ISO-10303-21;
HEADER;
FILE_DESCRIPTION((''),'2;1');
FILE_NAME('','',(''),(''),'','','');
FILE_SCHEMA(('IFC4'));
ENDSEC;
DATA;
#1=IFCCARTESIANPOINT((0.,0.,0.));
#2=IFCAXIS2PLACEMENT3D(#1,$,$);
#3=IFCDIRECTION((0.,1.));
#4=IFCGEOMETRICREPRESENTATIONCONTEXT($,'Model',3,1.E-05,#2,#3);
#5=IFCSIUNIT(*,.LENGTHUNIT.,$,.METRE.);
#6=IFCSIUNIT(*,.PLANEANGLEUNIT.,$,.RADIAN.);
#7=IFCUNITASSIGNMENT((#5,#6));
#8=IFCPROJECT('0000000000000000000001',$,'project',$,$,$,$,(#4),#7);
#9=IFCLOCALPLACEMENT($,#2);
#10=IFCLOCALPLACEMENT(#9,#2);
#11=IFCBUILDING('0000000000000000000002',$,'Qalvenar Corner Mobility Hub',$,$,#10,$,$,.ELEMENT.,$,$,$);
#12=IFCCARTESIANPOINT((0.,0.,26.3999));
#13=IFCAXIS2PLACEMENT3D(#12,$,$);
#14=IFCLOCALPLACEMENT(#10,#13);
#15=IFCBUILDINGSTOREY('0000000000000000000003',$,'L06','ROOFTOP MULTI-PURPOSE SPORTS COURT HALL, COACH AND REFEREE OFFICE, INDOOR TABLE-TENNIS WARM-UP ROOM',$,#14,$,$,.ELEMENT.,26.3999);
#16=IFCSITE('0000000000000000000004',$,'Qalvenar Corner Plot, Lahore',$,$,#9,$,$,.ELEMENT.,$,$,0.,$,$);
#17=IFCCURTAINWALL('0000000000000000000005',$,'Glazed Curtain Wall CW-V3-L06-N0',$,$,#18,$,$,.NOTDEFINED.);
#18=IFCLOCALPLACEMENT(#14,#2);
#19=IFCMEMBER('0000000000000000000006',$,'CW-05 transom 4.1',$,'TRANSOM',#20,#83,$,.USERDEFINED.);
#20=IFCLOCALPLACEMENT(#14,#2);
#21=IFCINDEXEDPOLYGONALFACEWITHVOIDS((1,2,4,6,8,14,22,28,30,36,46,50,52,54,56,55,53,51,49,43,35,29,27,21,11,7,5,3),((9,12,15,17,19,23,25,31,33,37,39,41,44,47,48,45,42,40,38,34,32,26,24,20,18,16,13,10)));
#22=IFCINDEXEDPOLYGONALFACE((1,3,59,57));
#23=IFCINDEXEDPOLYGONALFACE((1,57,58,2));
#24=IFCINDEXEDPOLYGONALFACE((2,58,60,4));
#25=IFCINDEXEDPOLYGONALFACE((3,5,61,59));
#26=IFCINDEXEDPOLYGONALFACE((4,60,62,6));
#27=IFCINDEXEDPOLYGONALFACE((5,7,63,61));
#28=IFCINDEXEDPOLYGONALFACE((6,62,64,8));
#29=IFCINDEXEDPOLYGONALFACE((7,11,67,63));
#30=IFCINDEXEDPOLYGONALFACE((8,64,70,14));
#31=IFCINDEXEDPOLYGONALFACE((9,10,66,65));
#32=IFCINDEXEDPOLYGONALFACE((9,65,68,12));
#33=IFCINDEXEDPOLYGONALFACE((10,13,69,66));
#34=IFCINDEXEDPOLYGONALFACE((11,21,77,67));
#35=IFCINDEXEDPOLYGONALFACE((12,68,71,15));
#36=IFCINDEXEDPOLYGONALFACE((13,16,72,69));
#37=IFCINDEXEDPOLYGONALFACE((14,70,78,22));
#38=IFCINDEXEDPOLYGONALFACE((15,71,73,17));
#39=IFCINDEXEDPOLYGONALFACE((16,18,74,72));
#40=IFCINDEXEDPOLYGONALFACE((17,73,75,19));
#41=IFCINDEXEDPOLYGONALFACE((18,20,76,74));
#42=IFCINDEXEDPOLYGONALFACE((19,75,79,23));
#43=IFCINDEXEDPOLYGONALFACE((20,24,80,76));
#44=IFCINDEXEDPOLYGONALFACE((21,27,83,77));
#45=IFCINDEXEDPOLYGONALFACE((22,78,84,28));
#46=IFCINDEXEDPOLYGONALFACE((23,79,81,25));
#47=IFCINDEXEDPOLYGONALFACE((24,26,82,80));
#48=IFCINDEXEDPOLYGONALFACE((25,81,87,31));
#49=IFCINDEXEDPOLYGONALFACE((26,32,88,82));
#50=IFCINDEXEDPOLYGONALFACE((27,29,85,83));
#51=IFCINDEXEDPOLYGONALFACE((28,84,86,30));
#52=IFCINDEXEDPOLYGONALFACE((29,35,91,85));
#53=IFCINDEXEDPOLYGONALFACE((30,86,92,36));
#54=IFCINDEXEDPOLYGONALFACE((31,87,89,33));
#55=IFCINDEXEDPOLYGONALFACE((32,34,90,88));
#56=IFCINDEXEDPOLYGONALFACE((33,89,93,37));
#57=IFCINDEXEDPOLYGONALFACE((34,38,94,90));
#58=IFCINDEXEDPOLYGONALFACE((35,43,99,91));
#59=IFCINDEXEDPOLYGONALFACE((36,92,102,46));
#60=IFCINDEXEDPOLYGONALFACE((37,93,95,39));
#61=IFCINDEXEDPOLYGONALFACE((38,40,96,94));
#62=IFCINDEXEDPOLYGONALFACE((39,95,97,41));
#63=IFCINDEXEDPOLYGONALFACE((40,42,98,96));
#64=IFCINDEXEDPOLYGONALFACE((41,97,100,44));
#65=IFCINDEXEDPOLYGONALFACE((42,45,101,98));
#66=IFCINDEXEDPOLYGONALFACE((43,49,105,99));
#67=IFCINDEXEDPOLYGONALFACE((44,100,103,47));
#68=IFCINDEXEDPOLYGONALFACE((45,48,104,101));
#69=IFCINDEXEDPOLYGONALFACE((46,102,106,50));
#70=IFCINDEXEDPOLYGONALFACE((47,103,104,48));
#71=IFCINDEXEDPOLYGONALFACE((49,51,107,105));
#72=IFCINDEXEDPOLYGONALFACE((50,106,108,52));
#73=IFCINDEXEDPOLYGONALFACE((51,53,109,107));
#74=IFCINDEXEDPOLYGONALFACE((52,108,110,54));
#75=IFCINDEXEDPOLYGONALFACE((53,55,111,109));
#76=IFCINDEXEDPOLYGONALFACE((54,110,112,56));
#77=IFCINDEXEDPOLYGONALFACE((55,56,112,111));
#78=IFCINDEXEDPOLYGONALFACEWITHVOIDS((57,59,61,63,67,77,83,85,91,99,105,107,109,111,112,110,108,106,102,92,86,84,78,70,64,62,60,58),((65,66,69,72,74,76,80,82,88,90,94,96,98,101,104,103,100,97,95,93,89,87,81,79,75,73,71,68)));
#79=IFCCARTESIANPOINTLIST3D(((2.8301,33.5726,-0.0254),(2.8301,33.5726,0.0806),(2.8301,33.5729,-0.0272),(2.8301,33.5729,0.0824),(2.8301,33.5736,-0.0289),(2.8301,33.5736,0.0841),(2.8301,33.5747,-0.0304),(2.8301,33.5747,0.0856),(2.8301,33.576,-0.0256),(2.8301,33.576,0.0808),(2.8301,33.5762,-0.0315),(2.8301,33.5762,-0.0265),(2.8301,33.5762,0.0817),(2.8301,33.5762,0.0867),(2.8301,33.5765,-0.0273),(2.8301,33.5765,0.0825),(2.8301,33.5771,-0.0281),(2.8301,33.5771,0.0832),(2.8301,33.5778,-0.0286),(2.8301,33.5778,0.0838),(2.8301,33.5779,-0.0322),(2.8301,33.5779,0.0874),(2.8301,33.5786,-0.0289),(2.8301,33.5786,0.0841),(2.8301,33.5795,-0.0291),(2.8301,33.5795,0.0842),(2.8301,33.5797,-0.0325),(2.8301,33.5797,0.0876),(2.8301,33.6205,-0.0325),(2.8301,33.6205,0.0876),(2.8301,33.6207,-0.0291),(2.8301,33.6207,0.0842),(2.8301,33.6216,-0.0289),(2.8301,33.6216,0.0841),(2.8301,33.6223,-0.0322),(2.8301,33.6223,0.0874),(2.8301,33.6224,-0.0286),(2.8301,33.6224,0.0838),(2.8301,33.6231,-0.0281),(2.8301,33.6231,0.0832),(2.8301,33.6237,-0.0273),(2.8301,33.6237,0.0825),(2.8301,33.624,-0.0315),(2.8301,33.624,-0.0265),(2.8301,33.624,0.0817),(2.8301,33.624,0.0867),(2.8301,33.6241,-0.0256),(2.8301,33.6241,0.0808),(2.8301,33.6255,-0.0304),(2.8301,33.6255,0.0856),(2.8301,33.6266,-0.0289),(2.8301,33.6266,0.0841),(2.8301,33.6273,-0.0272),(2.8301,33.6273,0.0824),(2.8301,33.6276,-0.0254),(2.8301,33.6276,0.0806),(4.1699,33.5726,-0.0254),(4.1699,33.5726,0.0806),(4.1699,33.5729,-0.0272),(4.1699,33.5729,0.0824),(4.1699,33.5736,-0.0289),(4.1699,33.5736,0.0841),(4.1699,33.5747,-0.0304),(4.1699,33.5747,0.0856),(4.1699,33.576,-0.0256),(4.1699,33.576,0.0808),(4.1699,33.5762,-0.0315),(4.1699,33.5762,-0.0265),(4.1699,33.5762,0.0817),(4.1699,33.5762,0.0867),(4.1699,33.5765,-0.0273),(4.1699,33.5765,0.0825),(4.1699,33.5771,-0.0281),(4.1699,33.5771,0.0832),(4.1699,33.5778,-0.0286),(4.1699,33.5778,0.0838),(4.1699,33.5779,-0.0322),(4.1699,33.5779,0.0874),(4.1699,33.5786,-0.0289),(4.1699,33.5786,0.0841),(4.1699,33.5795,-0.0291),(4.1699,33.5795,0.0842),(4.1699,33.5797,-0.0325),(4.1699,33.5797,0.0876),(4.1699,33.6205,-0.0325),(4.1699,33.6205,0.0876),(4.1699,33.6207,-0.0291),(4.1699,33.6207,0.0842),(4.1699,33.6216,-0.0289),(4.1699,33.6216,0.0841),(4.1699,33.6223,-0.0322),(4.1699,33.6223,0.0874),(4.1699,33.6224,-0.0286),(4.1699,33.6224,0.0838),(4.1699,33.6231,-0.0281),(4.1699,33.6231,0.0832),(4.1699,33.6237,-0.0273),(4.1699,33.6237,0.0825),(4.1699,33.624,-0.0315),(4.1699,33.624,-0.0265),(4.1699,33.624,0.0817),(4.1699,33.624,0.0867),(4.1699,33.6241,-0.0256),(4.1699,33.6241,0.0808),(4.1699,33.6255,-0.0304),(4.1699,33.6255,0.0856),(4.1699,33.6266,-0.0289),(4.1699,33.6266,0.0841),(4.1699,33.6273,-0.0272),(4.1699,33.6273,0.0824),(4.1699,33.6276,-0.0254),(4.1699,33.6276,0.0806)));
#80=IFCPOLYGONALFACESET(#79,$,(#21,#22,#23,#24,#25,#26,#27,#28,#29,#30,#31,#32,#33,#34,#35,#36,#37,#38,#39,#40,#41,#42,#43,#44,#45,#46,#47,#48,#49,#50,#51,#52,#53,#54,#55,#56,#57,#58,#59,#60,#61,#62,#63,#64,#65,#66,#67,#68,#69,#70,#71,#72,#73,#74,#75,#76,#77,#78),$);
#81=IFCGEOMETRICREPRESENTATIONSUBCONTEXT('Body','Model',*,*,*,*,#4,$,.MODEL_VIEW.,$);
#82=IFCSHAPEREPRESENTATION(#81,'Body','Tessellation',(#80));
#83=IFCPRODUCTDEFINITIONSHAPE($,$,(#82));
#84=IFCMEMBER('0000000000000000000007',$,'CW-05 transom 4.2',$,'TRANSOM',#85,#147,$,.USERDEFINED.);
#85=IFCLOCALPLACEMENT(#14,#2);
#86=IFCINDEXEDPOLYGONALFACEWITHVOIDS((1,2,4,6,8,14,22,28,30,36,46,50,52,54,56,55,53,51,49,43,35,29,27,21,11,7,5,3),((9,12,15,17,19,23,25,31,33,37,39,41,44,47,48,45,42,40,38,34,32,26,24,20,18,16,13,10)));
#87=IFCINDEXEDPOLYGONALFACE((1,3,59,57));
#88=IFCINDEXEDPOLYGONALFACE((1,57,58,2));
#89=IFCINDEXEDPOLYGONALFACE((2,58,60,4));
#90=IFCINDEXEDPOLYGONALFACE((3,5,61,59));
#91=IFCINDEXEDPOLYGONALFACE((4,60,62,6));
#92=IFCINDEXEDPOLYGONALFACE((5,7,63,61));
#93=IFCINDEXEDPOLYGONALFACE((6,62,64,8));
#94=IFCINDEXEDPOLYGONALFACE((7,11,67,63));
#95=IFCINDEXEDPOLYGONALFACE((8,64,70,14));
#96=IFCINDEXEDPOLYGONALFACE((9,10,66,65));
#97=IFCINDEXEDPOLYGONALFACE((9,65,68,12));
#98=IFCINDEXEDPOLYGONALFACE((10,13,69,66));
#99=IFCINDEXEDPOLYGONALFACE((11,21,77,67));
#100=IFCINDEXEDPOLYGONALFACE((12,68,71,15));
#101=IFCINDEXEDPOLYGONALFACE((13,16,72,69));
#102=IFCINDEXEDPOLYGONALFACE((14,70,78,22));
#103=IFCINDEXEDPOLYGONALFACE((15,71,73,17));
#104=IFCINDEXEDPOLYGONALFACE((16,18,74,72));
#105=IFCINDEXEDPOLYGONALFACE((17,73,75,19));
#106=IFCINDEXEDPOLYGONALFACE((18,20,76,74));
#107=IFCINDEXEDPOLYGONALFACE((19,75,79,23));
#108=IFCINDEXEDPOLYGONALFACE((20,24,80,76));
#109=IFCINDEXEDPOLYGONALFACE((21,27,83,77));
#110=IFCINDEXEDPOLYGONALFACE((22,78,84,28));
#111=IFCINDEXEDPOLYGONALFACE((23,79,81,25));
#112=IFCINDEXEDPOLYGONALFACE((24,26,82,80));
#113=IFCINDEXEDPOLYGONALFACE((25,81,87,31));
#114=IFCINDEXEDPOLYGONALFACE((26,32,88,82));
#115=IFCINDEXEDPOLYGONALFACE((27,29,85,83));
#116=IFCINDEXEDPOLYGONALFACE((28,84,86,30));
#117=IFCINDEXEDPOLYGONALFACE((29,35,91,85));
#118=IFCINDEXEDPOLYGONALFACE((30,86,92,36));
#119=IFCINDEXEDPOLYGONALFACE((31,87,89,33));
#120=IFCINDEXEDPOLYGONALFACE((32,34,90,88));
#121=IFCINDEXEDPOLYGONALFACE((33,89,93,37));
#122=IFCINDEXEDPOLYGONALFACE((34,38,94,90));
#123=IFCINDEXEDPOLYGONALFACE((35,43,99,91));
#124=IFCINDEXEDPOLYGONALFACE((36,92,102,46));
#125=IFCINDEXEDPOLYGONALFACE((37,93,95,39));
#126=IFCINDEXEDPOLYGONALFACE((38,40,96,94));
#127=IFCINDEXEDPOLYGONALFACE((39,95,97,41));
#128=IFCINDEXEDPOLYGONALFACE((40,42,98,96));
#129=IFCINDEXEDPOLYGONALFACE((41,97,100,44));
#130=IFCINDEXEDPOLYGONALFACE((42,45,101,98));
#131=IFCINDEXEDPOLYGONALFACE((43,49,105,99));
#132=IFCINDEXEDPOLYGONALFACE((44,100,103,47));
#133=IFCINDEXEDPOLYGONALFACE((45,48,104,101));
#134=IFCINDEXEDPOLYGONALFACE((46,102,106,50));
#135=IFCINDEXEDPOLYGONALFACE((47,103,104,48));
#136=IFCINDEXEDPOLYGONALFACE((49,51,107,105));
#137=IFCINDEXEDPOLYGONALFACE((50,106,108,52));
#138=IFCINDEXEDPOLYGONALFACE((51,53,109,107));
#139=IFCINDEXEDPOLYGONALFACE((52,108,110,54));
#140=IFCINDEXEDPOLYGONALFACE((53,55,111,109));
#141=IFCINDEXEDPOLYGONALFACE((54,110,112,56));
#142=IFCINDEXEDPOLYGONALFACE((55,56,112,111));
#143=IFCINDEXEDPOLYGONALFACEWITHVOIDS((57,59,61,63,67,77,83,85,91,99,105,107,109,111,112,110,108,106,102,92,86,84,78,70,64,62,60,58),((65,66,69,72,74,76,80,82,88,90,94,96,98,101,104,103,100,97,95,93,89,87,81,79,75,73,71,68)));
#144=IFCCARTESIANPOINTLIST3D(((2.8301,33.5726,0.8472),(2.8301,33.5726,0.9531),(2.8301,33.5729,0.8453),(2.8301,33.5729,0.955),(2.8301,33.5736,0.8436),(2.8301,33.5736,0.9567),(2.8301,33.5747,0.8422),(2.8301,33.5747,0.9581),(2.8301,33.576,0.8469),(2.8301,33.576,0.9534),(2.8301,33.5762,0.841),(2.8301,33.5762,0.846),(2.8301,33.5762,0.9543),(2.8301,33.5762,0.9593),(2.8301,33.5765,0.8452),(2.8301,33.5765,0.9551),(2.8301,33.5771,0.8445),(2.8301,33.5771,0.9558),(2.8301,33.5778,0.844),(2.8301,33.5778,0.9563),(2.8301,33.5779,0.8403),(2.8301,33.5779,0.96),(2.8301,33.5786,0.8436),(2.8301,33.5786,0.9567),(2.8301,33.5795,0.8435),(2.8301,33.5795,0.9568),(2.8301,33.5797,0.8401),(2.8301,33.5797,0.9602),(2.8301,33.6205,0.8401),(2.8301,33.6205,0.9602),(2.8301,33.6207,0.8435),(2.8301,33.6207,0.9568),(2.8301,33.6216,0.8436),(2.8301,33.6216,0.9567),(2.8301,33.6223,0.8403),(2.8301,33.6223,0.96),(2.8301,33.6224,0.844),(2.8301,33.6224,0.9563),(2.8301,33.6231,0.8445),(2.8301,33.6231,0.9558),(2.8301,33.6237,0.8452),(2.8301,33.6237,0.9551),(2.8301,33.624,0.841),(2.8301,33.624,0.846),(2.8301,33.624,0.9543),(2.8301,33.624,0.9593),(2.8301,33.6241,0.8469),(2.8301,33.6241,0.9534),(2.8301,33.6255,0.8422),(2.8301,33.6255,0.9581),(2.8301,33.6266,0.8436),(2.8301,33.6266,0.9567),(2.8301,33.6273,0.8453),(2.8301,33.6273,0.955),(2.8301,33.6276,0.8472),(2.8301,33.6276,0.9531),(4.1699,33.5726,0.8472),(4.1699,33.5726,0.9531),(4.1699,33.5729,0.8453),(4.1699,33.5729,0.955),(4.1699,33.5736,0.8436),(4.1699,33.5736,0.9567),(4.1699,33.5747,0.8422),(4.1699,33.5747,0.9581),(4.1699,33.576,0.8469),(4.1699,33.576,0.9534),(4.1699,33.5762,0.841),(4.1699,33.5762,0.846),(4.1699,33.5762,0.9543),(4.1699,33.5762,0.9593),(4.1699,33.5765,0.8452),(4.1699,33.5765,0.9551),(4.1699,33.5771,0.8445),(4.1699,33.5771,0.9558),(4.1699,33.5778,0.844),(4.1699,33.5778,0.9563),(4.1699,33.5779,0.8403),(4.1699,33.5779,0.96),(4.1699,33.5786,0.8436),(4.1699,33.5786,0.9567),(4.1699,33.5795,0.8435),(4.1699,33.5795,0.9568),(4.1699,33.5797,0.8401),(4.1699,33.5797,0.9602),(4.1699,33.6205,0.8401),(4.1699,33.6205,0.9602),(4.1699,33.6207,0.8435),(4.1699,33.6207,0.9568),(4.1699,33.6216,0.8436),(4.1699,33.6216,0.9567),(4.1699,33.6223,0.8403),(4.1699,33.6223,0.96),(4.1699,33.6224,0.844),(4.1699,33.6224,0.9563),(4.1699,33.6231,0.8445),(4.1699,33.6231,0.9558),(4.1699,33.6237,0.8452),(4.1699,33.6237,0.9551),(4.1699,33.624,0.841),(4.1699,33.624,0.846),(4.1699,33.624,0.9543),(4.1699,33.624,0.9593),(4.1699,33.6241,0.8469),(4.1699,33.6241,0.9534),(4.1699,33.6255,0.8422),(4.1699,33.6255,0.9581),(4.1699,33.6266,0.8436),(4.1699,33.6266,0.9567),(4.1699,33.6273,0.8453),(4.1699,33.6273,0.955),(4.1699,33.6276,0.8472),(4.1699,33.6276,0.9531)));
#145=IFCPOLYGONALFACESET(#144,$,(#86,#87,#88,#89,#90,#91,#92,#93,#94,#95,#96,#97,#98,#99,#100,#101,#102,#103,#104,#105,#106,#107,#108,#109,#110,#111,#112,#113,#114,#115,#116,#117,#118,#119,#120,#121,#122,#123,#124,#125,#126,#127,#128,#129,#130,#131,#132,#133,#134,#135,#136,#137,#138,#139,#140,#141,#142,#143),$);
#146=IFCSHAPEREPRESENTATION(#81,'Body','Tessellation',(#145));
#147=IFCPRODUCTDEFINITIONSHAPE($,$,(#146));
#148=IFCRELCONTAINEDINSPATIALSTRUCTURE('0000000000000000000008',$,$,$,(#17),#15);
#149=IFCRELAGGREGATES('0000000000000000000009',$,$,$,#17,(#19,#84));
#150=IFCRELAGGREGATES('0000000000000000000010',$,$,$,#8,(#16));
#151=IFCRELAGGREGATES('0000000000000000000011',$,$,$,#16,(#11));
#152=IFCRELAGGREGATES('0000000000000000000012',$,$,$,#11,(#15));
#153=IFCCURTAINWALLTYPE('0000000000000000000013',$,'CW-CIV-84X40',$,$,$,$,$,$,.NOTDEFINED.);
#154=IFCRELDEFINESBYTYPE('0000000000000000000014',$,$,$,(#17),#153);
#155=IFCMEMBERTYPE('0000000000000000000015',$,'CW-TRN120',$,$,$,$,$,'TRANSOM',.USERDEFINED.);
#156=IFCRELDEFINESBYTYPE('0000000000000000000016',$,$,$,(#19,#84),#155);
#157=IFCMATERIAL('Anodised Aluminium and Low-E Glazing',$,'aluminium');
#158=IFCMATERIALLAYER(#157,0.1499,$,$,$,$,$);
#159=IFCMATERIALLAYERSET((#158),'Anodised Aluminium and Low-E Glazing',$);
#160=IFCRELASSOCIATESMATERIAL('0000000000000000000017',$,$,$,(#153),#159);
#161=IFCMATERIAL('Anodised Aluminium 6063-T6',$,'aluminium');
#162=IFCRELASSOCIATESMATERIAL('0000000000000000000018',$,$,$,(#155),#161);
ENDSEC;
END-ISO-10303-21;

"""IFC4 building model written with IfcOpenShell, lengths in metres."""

from ifc_helpers import new_model, si_unit, direction, frame, origin, origin_2d, place, context, subcontext, project, spatial, hollow_rectangle, extrude, material, layer, layer_set, material_profile, profile_set, type_object, element, aggregate, save


model = new_model("IFC4")

# Units and contexts
model_context = context("Model", 3, precision=1e-05, world=origin(), true_north=direction((0.0, 1.0)))
body_context = subcontext(model_context, "Body", "Model", "MODEL_VIEW")
ifc_project = project(units=[si_unit("LENGTHUNIT", "METRE"), si_unit("PLANEANGLEUNIT", "RADIAN")], contexts=[model_context])

# Site, building, storey
site_placement = place(None, origin())
site = spatial("IfcSite", under=ifc_project, at=site_placement, Name="Qalvenar Corner Plot, Lahore", CompositionType="ELEMENT", RefElevation=0.0)
building_placement = place(site_placement, origin())
building = spatial("IfcBuilding", under=site, at=building_placement, Name="Qalvenar Corner Mobility Hub", CompositionType="ELEMENT")
storey_placement = place(building_placement, frame((0.0, 0.0, 26.3999)))
storey = spatial("IfcBuildingStorey", under=building, at=storey_placement, Name="L06", Description="ROOFTOP MULTI-PURPOSE SPORTS COURT HALL, COACH AND REFEREE OFFICE, INDOOR TABLE-TENNIS WARM-UP ROOM", CompositionType="ELEMENT", Elevation=26.3999)

# Curtain wall, members
ifc_material_1 = material(Name="Anodised Aluminium and Low-E Glazing", Category="aluminium")
ifc_layer_1 = layer(ifc_material_1, 0.1499)
ifc_layer_set_1 = layer_set([ifc_layer_1], Name="Anodised Aluminium and Low-E Glazing")
curtain_wall_type = type_object("IfcCurtainWallType", Name="CW-CIV-84X40", PredefinedType="NOTDEFINED", material=ifc_layer_set_1)
curtain_wall_placement = place(storey_placement, origin())
curtain_wall = element("IfcCurtainWall", 1, at=curtain_wall_placement, inside=storey, type_object=curtain_wall_type, Name="Glazed Curtain Wall CW-V3-L06-N0", PredefinedType="NOTDEFINED")
ifc_material_2 = material(Name="Anodised Aluminium 6063-T6", Category="aluminium")
ifc_material_profile_1 = material_profile(ifc_material_2, hollow_rectangle(XDim=0.0549, YDim=0.1201, WallThickness=0.0034, InnerFilletRadius=0.0034, OuterFilletRadius=0.0071, at=origin_2d()), Name="RHS120x55x3.5")
ifc_profile_set_1 = profile_set([ifc_material_profile_1], Name="Anodised Aluminium 6063-T6")
member_type_1 = type_object("IfcMemberType", Name="CW-TRN120", ElementType="TRANSOM", PredefinedType="USERDEFINED", material=ifc_profile_set_1)
member_1_placement = place(storey_placement, frame((4.1699, 33.6001, 0.0276), z_axis=(-1.0, 0.0, 0.0), x_axis=(0.0, -1.0, 0.0)))
member_1 = element("IfcMember", 2, at=member_1_placement, type_object=member_type_1, Name="CW-05 transom 4.1", ObjectType="TRANSOM", PredefinedType="USERDEFINED", context=body_context, shape_type="SweptSolid", body=[
    extrude(hollow_rectangle(XDim=0.0549, YDim=0.1201, WallThickness=0.0034, InnerFilletRadius=0.0034, OuterFilletRadius=0.0071, at=origin_2d()), origin(), (0.0, 0.0, 1.0), 1.3398),
])
member_2_placement = place(storey_placement, frame((4.1699, 33.6001, 0.9001), z_axis=(-1.0, 0.0, 0.0), x_axis=(0.0, -1.0, 0.0)))
member_2 = element("IfcMember", 3, at=member_2_placement, type_object=member_type_1, Name="CW-05 transom 4.2", ObjectType="TRANSOM", PredefinedType="USERDEFINED", context=body_context, shape_type="SweptSolid", body=[
    extrude(hollow_rectangle(XDim=0.0549, YDim=0.1201, WallThickness=0.0034, InnerFilletRadius=0.0034, OuterFilletRadius=0.0071, at=origin_2d()), origin(), (0.0, 0.0, 1.0), 1.3398),
])
aggregate(curtain_wall, [member_1, member_2])

save(model, "model.ifc")
